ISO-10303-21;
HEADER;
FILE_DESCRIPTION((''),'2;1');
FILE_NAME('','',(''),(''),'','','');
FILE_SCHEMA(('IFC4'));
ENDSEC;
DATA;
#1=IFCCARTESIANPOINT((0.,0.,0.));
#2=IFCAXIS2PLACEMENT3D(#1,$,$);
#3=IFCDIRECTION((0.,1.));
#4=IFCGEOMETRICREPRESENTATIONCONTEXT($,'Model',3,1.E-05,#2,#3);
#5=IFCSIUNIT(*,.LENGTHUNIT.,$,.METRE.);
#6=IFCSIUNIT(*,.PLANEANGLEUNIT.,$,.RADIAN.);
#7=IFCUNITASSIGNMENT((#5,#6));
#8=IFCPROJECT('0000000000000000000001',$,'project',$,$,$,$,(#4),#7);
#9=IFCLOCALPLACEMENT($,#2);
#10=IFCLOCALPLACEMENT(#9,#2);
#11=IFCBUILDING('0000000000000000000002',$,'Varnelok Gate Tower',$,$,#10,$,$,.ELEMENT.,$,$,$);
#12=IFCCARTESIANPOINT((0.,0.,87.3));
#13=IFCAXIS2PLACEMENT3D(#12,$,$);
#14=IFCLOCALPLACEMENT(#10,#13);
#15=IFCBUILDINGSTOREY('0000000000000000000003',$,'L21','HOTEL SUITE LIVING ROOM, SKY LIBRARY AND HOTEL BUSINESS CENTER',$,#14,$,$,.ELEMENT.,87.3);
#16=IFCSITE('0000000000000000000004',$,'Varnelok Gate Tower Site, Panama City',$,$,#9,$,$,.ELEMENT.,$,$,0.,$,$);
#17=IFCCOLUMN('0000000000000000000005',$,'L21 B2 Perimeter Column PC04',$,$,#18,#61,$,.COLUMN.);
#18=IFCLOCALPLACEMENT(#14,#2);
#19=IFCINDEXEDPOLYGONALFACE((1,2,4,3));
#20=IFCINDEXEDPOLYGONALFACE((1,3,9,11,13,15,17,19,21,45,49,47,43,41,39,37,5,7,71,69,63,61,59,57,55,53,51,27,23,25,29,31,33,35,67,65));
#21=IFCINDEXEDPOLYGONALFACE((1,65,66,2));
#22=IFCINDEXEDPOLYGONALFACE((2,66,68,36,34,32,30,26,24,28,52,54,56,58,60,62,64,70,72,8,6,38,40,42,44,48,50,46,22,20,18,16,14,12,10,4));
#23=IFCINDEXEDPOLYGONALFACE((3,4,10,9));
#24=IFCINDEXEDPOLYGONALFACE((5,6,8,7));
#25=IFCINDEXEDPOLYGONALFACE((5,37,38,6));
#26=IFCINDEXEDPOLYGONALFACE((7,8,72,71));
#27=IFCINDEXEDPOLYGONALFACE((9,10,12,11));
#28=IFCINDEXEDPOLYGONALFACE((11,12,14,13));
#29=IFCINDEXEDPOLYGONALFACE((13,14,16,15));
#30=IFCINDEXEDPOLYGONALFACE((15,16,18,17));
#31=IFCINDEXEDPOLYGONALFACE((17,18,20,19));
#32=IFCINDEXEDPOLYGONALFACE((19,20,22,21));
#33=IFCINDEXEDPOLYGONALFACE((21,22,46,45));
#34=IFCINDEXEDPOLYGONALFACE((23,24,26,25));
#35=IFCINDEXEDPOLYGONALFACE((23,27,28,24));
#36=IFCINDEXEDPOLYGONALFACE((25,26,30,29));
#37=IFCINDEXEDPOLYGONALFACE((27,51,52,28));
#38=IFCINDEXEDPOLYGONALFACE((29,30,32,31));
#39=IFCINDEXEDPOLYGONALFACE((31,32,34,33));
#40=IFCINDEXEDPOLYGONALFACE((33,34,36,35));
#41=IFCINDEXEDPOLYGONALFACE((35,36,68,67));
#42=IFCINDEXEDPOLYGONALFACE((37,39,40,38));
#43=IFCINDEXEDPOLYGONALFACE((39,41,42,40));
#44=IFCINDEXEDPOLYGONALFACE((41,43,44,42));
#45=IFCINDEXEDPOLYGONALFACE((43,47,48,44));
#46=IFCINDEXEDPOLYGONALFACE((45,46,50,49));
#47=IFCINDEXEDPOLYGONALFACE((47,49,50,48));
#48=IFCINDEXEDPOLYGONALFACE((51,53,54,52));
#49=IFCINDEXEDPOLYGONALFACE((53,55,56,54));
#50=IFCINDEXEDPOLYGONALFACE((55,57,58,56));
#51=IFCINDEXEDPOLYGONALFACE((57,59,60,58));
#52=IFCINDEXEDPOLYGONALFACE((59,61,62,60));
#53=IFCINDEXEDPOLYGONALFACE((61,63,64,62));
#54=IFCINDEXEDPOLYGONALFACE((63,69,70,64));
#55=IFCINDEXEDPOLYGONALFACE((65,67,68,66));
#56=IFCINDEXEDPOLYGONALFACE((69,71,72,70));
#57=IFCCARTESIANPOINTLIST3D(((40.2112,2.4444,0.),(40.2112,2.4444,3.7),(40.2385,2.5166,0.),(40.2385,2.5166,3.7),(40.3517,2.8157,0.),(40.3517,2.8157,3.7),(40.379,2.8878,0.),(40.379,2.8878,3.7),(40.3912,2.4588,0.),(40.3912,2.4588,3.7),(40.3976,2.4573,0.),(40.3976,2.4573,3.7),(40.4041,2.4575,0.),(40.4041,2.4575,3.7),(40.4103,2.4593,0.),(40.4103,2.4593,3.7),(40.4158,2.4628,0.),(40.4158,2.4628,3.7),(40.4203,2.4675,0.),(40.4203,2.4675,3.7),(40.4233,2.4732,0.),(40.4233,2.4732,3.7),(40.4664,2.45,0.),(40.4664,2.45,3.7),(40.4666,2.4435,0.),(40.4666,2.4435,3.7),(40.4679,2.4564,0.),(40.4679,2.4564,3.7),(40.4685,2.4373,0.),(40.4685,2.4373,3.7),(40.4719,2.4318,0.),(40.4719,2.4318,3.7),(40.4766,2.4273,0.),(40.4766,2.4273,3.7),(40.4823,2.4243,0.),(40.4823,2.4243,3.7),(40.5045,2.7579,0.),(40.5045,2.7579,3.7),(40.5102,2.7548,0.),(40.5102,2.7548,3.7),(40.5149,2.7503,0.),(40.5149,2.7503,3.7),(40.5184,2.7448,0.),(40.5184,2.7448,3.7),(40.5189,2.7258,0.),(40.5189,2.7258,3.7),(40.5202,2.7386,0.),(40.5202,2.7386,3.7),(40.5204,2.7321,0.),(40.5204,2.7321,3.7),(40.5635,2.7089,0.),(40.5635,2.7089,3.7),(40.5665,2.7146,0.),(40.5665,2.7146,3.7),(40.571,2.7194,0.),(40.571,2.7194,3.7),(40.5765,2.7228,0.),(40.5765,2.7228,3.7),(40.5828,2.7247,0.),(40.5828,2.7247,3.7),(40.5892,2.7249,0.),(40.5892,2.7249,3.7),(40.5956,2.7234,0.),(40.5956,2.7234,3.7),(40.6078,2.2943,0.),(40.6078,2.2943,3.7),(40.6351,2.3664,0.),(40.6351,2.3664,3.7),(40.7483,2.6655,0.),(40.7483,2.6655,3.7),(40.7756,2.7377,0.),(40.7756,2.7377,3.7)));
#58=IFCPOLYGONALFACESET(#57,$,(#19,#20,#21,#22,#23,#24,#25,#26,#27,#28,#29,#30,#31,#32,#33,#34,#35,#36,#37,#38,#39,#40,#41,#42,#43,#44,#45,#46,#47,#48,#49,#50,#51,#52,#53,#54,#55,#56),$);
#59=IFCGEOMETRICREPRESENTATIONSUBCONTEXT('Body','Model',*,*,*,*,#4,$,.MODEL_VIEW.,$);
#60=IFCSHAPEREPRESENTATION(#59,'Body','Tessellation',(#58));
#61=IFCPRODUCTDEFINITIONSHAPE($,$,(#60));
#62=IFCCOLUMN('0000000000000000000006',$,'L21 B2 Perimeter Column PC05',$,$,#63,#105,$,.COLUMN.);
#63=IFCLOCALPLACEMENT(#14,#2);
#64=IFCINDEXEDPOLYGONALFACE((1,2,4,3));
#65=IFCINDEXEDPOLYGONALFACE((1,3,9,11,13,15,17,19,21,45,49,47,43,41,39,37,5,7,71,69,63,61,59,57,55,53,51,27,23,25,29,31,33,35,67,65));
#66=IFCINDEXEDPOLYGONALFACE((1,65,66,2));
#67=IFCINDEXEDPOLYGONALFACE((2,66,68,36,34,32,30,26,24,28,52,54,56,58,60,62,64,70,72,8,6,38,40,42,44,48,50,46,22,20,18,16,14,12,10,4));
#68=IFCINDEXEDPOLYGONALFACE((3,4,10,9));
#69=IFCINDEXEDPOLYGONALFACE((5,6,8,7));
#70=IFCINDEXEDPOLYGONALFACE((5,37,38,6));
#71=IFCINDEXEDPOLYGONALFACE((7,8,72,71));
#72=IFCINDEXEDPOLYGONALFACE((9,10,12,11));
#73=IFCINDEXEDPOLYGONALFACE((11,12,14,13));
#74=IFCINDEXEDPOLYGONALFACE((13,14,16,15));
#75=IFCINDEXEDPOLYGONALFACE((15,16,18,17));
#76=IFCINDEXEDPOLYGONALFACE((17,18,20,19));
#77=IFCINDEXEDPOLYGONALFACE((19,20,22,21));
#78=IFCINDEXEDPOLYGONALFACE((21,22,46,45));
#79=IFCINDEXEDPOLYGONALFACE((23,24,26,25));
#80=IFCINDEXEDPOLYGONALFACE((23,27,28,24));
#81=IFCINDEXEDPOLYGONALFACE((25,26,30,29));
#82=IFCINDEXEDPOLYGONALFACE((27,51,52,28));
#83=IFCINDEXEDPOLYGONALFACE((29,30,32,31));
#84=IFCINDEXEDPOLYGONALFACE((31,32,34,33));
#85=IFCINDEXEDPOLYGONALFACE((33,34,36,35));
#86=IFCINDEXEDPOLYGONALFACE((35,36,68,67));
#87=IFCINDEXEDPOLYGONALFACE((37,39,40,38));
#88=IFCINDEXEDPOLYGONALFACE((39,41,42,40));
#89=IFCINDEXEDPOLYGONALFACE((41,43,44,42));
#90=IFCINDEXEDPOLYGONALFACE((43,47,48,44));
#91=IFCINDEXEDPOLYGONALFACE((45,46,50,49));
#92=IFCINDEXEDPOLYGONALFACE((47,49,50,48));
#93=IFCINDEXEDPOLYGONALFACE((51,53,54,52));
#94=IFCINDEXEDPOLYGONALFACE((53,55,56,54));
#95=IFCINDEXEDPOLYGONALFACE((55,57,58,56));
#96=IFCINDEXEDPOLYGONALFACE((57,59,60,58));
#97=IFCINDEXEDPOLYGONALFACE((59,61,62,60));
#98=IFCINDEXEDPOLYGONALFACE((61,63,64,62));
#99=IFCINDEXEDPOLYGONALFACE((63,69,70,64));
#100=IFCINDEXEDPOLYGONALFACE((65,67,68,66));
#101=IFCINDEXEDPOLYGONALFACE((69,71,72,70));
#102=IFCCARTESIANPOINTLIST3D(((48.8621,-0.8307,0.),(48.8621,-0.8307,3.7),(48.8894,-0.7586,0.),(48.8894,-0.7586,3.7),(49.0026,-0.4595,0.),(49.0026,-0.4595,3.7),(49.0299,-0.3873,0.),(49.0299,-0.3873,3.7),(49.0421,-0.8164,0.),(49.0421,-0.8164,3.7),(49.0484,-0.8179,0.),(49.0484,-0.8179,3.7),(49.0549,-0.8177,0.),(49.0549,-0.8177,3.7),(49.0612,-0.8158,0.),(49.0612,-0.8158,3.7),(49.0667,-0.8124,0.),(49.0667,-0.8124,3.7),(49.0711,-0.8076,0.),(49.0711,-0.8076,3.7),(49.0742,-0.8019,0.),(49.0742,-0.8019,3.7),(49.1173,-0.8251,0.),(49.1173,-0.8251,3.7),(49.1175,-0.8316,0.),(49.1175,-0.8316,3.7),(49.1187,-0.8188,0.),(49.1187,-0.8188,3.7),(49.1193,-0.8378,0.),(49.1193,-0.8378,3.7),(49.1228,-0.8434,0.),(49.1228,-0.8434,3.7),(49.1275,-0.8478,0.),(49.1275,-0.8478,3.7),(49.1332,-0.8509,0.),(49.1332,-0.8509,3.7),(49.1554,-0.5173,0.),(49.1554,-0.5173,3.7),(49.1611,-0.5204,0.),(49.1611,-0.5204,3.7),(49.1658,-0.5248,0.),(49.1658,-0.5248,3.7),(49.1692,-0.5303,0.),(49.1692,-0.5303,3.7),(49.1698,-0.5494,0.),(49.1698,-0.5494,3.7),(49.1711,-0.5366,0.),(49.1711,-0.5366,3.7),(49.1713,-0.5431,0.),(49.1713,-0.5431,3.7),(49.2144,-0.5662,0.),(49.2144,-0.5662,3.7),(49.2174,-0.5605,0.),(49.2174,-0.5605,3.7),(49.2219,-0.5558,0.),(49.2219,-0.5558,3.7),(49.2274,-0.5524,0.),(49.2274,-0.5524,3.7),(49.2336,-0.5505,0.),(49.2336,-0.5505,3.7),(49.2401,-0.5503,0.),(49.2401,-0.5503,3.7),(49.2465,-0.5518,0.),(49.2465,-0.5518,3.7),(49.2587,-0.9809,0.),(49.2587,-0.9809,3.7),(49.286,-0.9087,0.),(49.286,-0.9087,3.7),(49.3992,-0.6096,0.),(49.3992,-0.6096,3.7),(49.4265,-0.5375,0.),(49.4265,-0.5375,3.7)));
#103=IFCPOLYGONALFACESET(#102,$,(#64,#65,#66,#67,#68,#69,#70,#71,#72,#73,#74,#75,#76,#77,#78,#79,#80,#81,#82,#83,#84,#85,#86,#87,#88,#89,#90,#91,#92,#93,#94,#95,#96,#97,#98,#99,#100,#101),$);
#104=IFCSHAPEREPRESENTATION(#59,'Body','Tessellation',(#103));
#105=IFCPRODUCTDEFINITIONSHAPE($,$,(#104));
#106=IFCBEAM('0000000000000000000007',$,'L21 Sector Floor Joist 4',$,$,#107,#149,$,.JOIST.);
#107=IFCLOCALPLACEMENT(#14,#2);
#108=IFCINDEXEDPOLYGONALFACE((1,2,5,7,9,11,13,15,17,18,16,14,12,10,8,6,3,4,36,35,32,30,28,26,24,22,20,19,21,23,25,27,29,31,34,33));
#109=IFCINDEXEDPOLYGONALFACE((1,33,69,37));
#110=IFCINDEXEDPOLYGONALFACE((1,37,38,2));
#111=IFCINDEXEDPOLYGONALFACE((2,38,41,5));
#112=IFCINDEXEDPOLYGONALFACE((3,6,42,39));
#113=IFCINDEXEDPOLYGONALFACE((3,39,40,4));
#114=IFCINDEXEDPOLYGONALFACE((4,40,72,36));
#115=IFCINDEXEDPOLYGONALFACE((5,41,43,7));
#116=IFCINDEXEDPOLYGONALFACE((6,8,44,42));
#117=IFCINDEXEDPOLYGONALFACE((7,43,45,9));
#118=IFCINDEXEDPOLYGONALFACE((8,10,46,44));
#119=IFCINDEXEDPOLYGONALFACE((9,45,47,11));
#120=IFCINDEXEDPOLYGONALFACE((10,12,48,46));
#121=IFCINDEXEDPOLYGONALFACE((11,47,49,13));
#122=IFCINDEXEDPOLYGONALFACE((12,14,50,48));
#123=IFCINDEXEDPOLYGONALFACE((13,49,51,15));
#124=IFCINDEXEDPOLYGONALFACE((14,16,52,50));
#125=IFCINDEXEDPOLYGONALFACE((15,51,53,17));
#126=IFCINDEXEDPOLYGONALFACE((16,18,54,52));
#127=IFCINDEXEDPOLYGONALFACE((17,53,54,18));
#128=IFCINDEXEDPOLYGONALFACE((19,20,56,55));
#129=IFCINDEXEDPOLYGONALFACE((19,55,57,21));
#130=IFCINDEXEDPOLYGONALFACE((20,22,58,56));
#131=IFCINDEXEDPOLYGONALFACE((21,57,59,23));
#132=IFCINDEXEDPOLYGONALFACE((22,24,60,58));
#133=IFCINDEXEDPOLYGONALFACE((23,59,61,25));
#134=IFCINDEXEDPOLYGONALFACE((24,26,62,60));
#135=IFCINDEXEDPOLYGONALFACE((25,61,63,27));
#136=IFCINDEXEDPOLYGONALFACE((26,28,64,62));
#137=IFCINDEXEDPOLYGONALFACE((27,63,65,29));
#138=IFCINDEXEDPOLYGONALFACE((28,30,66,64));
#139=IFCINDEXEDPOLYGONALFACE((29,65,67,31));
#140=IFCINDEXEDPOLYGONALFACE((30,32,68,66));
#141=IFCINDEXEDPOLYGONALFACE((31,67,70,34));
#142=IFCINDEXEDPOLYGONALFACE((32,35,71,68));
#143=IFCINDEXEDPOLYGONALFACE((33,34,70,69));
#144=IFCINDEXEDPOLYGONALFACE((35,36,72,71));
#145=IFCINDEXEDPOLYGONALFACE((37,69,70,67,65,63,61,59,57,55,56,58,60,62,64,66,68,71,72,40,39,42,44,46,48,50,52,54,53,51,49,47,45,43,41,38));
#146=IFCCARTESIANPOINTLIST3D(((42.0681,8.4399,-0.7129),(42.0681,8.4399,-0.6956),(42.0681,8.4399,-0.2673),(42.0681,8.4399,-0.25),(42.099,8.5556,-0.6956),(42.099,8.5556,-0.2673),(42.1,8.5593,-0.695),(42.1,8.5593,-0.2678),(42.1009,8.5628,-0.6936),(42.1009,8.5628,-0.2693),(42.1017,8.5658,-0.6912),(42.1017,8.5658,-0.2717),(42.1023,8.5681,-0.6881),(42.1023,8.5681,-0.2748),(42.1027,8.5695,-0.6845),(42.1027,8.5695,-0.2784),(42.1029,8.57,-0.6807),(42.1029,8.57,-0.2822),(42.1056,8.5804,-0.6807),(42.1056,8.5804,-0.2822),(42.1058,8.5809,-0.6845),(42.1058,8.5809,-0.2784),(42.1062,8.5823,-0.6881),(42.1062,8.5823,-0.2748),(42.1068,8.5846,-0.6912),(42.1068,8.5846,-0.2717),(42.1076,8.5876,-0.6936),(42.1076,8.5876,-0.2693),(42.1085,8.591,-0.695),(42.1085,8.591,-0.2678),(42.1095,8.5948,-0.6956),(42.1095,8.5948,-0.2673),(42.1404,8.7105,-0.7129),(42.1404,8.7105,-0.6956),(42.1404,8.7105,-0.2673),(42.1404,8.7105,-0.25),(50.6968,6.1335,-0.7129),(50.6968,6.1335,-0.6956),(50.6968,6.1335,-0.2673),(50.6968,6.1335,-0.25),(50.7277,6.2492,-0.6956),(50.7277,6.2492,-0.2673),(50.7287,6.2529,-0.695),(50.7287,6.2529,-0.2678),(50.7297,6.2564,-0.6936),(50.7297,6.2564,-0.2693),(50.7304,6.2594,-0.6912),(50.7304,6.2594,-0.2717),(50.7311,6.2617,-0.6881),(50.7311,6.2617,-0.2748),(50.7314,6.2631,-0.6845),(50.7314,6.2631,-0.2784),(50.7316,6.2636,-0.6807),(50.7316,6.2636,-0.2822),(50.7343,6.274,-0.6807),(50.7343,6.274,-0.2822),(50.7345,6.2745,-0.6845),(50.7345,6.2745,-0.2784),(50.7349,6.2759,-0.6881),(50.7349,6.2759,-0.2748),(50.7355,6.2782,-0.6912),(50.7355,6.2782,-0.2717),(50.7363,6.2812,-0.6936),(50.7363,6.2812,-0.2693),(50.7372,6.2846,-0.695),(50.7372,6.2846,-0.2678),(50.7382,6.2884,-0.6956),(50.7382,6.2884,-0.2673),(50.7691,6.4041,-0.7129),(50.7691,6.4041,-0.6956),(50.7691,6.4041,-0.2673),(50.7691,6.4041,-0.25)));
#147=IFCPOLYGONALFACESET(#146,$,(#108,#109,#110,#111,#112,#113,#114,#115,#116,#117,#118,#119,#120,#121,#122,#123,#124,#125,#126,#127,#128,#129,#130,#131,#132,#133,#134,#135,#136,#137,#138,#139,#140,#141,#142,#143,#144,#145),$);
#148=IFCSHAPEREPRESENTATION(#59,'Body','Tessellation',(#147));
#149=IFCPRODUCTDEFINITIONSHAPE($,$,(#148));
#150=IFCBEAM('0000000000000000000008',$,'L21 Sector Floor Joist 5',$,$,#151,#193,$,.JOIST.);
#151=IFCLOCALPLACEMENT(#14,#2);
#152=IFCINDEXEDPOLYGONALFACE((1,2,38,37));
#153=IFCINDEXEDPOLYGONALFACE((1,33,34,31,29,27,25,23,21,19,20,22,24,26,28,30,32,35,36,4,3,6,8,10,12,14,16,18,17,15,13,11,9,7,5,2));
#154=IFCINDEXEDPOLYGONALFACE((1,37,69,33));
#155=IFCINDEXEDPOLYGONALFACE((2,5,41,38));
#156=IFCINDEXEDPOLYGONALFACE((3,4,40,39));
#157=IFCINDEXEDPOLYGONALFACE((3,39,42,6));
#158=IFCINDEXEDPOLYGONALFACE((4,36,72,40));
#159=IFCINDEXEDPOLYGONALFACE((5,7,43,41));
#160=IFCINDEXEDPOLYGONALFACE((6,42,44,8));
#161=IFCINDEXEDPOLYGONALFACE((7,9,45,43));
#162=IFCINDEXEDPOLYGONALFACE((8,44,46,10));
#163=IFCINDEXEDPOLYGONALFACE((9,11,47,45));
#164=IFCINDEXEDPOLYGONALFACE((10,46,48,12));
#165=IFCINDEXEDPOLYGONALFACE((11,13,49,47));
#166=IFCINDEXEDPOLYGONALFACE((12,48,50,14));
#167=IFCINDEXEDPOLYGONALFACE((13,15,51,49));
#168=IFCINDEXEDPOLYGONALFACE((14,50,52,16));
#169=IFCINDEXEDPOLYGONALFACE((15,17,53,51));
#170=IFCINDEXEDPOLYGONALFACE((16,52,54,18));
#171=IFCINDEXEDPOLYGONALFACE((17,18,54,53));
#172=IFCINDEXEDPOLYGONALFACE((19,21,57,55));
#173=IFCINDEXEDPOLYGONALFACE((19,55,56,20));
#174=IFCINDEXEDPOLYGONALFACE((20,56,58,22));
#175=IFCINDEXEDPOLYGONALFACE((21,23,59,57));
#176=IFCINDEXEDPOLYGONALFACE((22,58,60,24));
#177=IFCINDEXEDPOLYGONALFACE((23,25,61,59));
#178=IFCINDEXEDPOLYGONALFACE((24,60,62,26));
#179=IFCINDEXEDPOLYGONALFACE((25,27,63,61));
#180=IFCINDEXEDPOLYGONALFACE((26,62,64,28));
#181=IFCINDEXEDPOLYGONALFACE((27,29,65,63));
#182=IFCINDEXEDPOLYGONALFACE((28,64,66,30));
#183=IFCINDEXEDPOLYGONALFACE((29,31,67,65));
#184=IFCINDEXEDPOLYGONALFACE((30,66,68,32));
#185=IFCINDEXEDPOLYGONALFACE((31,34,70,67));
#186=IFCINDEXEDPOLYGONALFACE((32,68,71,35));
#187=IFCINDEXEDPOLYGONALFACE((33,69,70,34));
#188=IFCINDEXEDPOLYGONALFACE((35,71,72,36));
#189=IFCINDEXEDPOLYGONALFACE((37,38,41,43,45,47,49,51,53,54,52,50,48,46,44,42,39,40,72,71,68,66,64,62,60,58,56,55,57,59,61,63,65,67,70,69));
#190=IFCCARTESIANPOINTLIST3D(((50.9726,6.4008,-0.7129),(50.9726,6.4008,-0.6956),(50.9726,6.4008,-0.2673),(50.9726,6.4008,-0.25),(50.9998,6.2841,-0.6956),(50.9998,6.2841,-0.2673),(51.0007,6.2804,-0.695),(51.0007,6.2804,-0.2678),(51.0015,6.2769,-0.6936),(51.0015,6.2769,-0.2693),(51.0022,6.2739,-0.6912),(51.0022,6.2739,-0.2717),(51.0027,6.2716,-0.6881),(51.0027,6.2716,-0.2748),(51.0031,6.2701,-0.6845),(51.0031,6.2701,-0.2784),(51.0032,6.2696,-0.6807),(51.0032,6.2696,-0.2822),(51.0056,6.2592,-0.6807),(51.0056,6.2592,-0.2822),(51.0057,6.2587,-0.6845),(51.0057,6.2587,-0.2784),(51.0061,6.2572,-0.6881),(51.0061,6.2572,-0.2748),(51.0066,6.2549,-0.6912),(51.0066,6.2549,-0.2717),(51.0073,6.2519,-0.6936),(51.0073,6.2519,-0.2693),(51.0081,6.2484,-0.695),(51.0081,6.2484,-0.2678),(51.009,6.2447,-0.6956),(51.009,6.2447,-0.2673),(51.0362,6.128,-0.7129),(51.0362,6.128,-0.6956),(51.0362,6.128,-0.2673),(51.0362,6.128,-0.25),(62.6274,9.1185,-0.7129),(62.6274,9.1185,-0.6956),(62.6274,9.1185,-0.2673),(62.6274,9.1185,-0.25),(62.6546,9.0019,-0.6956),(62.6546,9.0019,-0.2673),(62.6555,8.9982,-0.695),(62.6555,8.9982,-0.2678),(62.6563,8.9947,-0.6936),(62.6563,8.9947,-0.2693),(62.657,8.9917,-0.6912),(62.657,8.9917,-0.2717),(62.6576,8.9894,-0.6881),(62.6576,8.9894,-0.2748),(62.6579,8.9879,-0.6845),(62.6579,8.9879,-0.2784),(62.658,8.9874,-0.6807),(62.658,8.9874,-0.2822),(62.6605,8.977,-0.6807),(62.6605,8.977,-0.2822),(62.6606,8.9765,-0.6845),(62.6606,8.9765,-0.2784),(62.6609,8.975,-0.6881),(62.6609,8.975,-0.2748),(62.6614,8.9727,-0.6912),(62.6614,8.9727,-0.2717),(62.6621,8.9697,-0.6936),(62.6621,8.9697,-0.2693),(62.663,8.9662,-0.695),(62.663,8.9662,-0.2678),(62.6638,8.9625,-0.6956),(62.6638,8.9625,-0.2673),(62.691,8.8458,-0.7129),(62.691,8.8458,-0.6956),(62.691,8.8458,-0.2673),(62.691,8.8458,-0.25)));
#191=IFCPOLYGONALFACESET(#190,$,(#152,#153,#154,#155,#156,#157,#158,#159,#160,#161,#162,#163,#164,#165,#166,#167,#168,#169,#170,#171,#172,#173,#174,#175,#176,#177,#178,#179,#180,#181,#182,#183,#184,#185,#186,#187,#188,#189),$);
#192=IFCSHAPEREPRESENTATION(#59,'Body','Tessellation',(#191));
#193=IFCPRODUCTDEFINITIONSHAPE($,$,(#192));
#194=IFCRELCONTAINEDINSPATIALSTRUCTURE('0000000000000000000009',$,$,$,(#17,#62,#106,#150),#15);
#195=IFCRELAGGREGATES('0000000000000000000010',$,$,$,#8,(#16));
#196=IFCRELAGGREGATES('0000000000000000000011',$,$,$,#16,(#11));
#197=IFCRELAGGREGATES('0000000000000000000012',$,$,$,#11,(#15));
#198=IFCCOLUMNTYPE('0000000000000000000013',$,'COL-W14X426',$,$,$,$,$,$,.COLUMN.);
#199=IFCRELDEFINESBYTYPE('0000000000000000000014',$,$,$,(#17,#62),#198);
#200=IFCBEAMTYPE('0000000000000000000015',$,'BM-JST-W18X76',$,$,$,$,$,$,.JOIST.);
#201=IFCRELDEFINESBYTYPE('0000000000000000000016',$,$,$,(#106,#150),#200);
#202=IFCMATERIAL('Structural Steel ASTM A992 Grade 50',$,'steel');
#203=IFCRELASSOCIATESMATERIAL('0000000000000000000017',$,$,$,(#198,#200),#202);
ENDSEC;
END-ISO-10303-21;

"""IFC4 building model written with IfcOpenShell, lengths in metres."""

from ifc_helpers import new_model, si_unit, direction, frame, origin, origin_2d, place, context, subcontext, project, spatial, i_section, extrude, material, material_profile, profile_set, type_object, element, save


model = new_model("IFC4")

# Units and contexts
model_context = context("Model", 3, precision=1e-05, world=origin(), true_north=direction((0.0, 1.0)))
body_context = subcontext(model_context, "Body", "Model", "MODEL_VIEW")
ifc_project = project(units=[si_unit("LENGTHUNIT", "METRE"), si_unit("PLANEANGLEUNIT", "RADIAN")], contexts=[model_context])

# Site, building, storey
site_placement = place(None, origin())
site = spatial("IfcSite", under=ifc_project, at=site_placement, Name="Varnelok Gate Tower Site, Panama City", CompositionType="ELEMENT", RefElevation=0.0)
building_placement = place(site_placement, origin())
building = spatial("IfcBuilding", under=site, at=building_placement, Name="Varnelok Gate Tower", CompositionType="ELEMENT")
storey_placement = place(building_placement, frame((0.0, 0.0, 87.3)))
storey = spatial("IfcBuildingStorey", under=building, at=storey_placement, Name="L21", Description="HOTEL SUITE LIVING ROOM, SKY LIBRARY AND HOTEL BUSINESS CENTER", CompositionType="ELEMENT", Elevation=87.3)

# Columns
ifc_material_1 = material(Name="Structural Steel ASTM A992 Grade 50", Category="steel")
ifc_material_profile_1 = material_profile(ifc_material_1, i_section(OverallWidth=0.4241, OverallDepth=0.4741, WebThickness=0.0476, FlangeThickness=0.0771, FilletRadius=0.0249, at=origin_2d()), Name="W14X426")
ifc_profile_set_1 = profile_set([ifc_material_profile_1], Name="Structural Steel ASTM A992 Grade 50")
column_type = type_object("IfcColumnType", Name="COL-W14X426", PredefinedType="COLUMN", material=ifc_profile_set_1)
for number, where, z_axis, x_axis, name in (
    (1, (40.4934, 2.5911, 0.0), (0.0, 0.0, 1.0), (0.935222, -0.354063, 0.0), "L21 B2 Perimeter Column PC04"),
    (2, (49.1443, -0.6841, 0.0), (0.0, 0.0, 1.0), (0.935222, -0.354063, 0.0), "L21 B2 Perimeter Column PC05"),
):
    element("IfcColumn", number, at=place(storey_placement, frame(where, z_axis=z_axis, x_axis=x_axis)), inside=storey, type_object=column_type, Name=name, PredefinedType="COLUMN", context=body_context, shape_type="SweptSolid", body=[
        extrude(i_section(OverallWidth=0.4241, OverallDepth=0.4741, WebThickness=0.0476, FlangeThickness=0.0771, FilletRadius=0.0249, at=origin_2d()), origin(), (0.0, 0.0, 1.0), 3.7),
    ])

# Beams
ifc_material_profile_2 = material_profile(ifc_material_1, i_section(OverallWidth=0.28, OverallDepth=0.4629, WebThickness=0.0107, FlangeThickness=0.0173, FilletRadius=0.0149, at=origin_2d()), Name="W18X76")
ifc_profile_set_2 = profile_set([ifc_material_profile_2], Name="Structural Steel ASTM A992 Grade 50")
beam_type_1 = type_object("IfcBeamType", Name="BM-JST-W18X76", PredefinedType="JOIST", material=ifc_profile_set_2)
beam_1_placement = place(storey_placement, frame((42.1042, 8.5752, -0.4814), z_axis=(0.966084, -0.258229, 0.0), x_axis=(0.258229, 0.966084, 0.0)))
element("IfcBeam", 3, at=beam_1_placement, inside=storey, type_object=beam_type_1, Name="L21 Sector Floor Joist 4", PredefinedType="JOIST", context=body_context, shape_type="SweptSolid", body=[
    extrude(i_section(OverallWidth=0.28, OverallDepth=0.4629, WebThickness=0.0107, FlangeThickness=0.0173, FilletRadius=0.0149, at=origin_2d()), origin(), (0.0, 0.0, 1.0), 8.9316),
])
beam_2_placement = place(storey_placement, frame((51.0044, 6.2644, -0.4814), z_axis=(0.973872, 0.227097, 0.0), x_axis=(-0.227097, 0.973872, 0.0)))
element("IfcBeam", 4, at=beam_2_placement, inside=storey, type_object=beam_type_1, Name="L21 Sector Floor Joist 5", PredefinedType="JOIST", context=body_context, shape_type="SweptSolid", body=[
    extrude(i_section(OverallWidth=0.28, OverallDepth=0.4629, WebThickness=0.0107, FlangeThickness=0.0173, FilletRadius=0.0149, at=origin_2d()), origin(), (0.0, 0.0, 1.0), 11.9675),
])

save(model, "model.ifc")
